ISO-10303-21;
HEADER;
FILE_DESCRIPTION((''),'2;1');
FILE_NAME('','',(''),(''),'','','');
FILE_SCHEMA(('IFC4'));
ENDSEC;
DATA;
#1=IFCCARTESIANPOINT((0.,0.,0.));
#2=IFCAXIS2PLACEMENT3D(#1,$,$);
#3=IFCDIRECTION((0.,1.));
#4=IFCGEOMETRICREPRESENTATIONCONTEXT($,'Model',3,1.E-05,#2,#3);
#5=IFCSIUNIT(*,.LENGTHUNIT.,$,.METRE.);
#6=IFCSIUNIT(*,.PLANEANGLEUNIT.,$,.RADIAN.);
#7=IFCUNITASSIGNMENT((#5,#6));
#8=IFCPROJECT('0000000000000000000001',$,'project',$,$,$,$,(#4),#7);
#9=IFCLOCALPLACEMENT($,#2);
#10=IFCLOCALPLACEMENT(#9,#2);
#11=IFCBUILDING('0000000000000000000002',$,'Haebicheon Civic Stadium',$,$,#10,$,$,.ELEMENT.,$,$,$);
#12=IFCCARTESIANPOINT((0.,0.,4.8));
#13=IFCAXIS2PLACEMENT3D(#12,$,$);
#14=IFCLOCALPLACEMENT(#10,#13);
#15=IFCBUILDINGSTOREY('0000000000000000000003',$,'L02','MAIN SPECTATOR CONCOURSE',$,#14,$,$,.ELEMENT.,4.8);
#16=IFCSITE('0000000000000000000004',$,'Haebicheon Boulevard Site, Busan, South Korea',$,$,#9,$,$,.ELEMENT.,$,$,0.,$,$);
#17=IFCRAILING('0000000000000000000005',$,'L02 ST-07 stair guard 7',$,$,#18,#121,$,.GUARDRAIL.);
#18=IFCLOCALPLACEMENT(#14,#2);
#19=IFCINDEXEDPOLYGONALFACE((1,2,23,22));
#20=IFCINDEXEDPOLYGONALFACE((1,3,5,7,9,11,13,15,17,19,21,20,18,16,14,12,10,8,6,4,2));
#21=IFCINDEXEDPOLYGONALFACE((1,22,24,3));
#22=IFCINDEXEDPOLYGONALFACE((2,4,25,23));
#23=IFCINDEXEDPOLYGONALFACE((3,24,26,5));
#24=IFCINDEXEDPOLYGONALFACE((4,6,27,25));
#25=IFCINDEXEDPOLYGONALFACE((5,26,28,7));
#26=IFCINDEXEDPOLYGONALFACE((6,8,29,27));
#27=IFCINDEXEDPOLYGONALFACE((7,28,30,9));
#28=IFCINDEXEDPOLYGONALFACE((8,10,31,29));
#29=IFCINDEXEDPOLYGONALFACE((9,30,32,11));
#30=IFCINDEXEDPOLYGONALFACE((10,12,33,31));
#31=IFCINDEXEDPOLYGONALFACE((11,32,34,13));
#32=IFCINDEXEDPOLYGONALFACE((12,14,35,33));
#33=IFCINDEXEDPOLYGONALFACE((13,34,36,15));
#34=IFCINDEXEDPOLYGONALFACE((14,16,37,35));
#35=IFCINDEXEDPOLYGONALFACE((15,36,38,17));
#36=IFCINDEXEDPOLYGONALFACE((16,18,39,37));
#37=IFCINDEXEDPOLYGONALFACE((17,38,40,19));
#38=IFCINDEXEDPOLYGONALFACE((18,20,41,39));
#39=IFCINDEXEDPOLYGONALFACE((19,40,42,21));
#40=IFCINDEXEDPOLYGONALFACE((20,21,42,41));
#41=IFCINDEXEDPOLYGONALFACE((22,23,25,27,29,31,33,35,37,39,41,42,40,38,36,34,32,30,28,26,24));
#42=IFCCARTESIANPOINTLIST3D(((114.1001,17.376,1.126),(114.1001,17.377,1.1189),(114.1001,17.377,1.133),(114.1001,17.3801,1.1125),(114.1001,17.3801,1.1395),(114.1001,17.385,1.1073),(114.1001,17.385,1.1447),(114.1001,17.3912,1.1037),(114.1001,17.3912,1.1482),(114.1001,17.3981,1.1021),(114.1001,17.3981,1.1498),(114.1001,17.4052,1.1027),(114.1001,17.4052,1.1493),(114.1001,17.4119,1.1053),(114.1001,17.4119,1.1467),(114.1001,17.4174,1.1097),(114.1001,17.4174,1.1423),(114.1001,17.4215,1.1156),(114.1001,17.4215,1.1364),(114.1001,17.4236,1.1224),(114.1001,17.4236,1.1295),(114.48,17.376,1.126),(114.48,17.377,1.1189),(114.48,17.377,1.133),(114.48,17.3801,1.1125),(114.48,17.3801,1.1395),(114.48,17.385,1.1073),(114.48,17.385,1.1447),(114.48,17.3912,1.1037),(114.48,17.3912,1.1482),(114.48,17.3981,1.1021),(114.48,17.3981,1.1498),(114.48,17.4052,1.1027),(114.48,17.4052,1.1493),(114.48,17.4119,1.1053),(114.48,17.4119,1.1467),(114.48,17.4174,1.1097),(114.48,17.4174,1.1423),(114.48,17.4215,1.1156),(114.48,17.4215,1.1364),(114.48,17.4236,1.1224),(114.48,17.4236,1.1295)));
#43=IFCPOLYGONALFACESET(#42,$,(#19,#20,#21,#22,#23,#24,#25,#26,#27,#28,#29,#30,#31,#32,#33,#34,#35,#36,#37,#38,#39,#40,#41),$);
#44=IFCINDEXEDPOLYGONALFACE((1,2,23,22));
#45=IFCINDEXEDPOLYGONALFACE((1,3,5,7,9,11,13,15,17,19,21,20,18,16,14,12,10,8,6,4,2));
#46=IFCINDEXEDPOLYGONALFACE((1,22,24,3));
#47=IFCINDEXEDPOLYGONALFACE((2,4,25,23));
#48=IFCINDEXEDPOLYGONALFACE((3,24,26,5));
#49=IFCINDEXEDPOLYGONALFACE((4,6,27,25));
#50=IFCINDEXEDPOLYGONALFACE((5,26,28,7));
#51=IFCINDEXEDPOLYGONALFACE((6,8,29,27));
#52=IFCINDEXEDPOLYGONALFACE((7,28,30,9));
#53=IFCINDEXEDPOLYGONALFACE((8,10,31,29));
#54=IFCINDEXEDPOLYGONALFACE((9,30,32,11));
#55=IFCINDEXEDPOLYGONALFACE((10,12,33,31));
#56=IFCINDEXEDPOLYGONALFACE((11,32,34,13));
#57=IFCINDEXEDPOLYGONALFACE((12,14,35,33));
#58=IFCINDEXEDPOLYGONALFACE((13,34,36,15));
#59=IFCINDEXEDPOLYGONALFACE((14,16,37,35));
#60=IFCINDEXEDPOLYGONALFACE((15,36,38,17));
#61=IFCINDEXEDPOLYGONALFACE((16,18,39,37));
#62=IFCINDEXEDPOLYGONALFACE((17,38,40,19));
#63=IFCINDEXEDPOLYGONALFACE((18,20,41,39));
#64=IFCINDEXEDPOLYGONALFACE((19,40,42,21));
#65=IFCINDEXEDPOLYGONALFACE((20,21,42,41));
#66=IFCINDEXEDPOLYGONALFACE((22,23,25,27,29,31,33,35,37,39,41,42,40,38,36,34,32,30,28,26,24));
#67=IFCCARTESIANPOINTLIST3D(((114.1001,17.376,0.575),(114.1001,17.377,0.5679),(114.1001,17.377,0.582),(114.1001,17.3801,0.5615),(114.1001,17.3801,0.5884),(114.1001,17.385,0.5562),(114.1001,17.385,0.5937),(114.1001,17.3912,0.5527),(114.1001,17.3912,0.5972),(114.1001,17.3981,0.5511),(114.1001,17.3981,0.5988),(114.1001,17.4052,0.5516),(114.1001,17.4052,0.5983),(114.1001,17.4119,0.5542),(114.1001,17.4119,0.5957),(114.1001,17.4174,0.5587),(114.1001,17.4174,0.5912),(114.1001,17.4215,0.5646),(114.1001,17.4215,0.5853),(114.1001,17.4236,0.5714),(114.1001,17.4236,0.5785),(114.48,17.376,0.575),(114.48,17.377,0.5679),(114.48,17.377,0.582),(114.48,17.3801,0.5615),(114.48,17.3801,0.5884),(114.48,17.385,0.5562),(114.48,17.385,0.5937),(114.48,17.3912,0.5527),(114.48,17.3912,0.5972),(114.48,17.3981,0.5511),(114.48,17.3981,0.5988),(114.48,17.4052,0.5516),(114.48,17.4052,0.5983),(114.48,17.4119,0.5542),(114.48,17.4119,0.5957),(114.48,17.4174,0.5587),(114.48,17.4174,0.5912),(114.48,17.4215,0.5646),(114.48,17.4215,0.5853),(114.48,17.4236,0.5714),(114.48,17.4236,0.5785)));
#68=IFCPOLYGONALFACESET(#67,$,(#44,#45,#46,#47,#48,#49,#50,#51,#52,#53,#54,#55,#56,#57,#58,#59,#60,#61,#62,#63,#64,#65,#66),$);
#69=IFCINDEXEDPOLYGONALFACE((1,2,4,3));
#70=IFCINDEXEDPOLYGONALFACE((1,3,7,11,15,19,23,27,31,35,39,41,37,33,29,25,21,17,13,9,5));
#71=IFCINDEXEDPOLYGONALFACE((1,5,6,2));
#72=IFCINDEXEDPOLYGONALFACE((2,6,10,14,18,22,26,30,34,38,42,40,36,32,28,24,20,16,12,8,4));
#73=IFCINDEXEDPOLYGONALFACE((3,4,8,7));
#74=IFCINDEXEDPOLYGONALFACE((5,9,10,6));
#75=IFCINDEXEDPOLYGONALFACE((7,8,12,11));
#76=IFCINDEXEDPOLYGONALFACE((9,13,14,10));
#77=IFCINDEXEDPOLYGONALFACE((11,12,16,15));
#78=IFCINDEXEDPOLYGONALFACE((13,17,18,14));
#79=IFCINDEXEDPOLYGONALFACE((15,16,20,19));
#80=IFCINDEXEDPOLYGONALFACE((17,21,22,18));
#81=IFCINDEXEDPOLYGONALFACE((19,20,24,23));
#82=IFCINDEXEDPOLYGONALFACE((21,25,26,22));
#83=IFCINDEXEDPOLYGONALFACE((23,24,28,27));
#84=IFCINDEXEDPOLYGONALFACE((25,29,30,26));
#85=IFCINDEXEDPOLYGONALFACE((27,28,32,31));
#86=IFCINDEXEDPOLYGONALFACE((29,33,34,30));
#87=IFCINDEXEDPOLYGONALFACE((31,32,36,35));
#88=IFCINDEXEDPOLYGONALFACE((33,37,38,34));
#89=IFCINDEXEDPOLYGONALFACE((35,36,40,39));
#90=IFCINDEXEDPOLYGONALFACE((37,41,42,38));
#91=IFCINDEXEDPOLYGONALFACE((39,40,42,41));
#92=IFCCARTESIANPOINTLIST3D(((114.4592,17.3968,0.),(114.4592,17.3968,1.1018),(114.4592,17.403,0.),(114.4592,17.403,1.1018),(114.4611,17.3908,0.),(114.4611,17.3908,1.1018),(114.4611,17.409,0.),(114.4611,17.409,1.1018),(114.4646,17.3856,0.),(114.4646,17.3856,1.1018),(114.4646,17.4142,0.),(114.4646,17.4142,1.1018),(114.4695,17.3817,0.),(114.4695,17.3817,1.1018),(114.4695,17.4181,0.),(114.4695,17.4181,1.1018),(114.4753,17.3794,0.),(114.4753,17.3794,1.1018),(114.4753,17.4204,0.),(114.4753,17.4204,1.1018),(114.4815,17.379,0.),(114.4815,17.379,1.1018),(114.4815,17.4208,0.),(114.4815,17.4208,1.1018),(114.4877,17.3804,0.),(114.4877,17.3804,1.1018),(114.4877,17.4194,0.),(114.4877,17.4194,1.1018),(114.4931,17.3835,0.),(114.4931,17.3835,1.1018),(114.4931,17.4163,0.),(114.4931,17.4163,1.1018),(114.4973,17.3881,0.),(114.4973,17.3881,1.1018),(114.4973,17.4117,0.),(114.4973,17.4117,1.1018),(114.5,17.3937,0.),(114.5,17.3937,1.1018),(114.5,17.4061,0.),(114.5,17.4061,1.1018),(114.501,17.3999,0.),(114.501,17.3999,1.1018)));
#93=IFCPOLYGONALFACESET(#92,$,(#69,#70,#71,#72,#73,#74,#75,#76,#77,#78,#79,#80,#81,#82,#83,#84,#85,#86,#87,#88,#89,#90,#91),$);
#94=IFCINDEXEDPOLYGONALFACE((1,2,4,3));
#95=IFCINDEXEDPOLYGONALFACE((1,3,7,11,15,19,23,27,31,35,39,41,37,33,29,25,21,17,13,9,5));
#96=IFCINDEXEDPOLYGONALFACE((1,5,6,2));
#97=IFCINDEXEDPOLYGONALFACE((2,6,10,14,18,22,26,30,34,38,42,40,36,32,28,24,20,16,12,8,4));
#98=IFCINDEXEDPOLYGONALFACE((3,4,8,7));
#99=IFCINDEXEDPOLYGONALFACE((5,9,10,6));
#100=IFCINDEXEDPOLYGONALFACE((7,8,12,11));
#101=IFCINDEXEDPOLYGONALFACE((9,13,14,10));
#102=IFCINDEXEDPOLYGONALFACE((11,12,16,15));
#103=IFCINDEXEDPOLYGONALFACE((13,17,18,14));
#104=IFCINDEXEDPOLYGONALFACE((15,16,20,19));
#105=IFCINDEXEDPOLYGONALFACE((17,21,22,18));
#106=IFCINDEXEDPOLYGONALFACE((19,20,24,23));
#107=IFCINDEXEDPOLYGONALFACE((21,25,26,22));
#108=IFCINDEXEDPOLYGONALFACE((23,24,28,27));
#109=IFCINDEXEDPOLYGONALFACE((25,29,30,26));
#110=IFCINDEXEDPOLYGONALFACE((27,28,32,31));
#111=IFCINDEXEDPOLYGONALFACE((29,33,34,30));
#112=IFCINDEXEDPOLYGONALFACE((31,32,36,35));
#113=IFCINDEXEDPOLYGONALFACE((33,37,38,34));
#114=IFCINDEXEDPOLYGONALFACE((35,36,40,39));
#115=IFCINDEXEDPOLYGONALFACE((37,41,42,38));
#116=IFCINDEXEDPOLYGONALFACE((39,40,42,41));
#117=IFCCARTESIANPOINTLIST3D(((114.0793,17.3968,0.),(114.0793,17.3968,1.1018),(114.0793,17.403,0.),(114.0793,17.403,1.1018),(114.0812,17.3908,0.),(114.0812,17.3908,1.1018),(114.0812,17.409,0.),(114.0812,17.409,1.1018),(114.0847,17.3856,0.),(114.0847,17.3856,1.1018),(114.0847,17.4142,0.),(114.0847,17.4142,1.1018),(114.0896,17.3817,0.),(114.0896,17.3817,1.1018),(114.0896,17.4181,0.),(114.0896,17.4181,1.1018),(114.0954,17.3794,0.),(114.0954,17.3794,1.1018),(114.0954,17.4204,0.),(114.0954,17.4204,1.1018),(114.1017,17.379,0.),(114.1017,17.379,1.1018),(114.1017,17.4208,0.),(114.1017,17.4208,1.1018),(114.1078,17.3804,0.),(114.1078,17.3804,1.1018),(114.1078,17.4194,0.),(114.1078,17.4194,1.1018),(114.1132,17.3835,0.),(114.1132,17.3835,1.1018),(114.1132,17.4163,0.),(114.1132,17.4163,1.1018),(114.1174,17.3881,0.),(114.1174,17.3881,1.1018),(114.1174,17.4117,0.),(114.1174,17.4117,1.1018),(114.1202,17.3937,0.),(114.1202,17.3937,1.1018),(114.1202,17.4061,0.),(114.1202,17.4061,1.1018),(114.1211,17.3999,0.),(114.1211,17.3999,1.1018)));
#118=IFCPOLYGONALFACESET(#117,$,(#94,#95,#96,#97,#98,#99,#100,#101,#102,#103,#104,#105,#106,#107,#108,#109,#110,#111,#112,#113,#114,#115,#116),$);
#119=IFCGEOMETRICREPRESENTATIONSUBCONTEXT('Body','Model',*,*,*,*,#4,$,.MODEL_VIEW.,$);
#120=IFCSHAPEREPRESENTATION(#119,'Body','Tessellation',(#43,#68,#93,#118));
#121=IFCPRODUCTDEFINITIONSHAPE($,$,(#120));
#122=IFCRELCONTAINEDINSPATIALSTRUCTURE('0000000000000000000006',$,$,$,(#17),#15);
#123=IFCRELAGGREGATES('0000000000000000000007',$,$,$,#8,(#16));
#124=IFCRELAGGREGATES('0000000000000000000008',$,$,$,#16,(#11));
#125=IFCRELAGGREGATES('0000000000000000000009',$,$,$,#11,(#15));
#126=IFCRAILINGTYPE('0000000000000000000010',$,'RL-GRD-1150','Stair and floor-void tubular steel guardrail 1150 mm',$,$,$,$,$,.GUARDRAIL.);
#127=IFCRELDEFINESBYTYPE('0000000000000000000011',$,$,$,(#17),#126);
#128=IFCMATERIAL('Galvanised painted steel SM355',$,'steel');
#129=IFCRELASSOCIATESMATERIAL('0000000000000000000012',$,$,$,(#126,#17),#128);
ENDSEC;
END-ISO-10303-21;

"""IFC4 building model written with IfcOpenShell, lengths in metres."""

from ifc_helpers import new_model, si_unit, direction, frame, origin, origin_2d, place, context, subcontext, project, spatial, circle, extrude, material, type_object, element, save


model = new_model("IFC4")

# Units and contexts
model_context = context("Model", 3, precision=1e-05, world=origin(), true_north=direction((0.0, 1.0)))
body_context = subcontext(model_context, "Body", "Model", "MODEL_VIEW")
ifc_project = project(units=[si_unit("LENGTHUNIT", "METRE"), si_unit("PLANEANGLEUNIT", "RADIAN")], contexts=[model_context])

# Site, building, storey
site_placement = place(None, origin())
site = spatial("IfcSite", under=ifc_project, at=site_placement, Name="Haebicheon Boulevard Site, Busan, South Korea", CompositionType="ELEMENT", RefElevation=0.0)
building_placement = place(site_placement, origin())
building = spatial("IfcBuilding", under=site, at=building_placement, Name="Haebicheon Civic Stadium", CompositionType="ELEMENT")
storey_placement = place(building_placement, frame((0.0, 0.0, 4.8)))
storey = spatial("IfcBuildingStorey", under=building, at=storey_placement, Name="L02", Description="MAIN SPECTATOR CONCOURSE", CompositionType="ELEMENT", Elevation=4.8)

# Railing
ifc_material_1 = material(Name="Galvanised painted steel SM355", Category="steel")
railing_type_1 = type_object("IfcRailingType", Name="RL-GRD-1150", Description="Stair and floor-void tubular steel guardrail 1150 mm", PredefinedType="GUARDRAIL", material=ifc_material_1)
railing_1_placement = place(storey_placement, frame((114.48, 17.3999, 0.0)))
element("IfcRailing", 1, at=railing_1_placement, inside=storey, type_object=railing_type_1, material=ifc_material_1, Name="L02 ST-07 stair guard 7", PredefinedType="GUARDRAIL", context=body_context, shape_type="SweptSolid", body=[
    extrude(circle(Radius=0.0239, at=origin_2d()), frame((0.0, 0.0, 1.126), z_axis=(-1.0, 0.0, 0.0), x_axis=(0.0, -1.0, 0.0)), (0.0, 0.0, 1.0), 0.3799),
    extrude(circle(Radius=0.0239, at=origin_2d()), frame((0.0, 0.0, 0.575), z_axis=(-1.0, 0.0, 0.0), x_axis=(0.0, -1.0, 0.0)), (0.0, 0.0, 1.0), 0.3799),
    extrude(circle(Radius=0.021, at=origin_2d()), origin(), (0.0, 0.0, 1.0), 1.1018),
    extrude(circle(Radius=0.021, at=origin_2d()), frame((-0.3799, 0.0, 0.0)), (0.0, 0.0, 1.0), 1.1018),
])

save(model, "model.ifc")
